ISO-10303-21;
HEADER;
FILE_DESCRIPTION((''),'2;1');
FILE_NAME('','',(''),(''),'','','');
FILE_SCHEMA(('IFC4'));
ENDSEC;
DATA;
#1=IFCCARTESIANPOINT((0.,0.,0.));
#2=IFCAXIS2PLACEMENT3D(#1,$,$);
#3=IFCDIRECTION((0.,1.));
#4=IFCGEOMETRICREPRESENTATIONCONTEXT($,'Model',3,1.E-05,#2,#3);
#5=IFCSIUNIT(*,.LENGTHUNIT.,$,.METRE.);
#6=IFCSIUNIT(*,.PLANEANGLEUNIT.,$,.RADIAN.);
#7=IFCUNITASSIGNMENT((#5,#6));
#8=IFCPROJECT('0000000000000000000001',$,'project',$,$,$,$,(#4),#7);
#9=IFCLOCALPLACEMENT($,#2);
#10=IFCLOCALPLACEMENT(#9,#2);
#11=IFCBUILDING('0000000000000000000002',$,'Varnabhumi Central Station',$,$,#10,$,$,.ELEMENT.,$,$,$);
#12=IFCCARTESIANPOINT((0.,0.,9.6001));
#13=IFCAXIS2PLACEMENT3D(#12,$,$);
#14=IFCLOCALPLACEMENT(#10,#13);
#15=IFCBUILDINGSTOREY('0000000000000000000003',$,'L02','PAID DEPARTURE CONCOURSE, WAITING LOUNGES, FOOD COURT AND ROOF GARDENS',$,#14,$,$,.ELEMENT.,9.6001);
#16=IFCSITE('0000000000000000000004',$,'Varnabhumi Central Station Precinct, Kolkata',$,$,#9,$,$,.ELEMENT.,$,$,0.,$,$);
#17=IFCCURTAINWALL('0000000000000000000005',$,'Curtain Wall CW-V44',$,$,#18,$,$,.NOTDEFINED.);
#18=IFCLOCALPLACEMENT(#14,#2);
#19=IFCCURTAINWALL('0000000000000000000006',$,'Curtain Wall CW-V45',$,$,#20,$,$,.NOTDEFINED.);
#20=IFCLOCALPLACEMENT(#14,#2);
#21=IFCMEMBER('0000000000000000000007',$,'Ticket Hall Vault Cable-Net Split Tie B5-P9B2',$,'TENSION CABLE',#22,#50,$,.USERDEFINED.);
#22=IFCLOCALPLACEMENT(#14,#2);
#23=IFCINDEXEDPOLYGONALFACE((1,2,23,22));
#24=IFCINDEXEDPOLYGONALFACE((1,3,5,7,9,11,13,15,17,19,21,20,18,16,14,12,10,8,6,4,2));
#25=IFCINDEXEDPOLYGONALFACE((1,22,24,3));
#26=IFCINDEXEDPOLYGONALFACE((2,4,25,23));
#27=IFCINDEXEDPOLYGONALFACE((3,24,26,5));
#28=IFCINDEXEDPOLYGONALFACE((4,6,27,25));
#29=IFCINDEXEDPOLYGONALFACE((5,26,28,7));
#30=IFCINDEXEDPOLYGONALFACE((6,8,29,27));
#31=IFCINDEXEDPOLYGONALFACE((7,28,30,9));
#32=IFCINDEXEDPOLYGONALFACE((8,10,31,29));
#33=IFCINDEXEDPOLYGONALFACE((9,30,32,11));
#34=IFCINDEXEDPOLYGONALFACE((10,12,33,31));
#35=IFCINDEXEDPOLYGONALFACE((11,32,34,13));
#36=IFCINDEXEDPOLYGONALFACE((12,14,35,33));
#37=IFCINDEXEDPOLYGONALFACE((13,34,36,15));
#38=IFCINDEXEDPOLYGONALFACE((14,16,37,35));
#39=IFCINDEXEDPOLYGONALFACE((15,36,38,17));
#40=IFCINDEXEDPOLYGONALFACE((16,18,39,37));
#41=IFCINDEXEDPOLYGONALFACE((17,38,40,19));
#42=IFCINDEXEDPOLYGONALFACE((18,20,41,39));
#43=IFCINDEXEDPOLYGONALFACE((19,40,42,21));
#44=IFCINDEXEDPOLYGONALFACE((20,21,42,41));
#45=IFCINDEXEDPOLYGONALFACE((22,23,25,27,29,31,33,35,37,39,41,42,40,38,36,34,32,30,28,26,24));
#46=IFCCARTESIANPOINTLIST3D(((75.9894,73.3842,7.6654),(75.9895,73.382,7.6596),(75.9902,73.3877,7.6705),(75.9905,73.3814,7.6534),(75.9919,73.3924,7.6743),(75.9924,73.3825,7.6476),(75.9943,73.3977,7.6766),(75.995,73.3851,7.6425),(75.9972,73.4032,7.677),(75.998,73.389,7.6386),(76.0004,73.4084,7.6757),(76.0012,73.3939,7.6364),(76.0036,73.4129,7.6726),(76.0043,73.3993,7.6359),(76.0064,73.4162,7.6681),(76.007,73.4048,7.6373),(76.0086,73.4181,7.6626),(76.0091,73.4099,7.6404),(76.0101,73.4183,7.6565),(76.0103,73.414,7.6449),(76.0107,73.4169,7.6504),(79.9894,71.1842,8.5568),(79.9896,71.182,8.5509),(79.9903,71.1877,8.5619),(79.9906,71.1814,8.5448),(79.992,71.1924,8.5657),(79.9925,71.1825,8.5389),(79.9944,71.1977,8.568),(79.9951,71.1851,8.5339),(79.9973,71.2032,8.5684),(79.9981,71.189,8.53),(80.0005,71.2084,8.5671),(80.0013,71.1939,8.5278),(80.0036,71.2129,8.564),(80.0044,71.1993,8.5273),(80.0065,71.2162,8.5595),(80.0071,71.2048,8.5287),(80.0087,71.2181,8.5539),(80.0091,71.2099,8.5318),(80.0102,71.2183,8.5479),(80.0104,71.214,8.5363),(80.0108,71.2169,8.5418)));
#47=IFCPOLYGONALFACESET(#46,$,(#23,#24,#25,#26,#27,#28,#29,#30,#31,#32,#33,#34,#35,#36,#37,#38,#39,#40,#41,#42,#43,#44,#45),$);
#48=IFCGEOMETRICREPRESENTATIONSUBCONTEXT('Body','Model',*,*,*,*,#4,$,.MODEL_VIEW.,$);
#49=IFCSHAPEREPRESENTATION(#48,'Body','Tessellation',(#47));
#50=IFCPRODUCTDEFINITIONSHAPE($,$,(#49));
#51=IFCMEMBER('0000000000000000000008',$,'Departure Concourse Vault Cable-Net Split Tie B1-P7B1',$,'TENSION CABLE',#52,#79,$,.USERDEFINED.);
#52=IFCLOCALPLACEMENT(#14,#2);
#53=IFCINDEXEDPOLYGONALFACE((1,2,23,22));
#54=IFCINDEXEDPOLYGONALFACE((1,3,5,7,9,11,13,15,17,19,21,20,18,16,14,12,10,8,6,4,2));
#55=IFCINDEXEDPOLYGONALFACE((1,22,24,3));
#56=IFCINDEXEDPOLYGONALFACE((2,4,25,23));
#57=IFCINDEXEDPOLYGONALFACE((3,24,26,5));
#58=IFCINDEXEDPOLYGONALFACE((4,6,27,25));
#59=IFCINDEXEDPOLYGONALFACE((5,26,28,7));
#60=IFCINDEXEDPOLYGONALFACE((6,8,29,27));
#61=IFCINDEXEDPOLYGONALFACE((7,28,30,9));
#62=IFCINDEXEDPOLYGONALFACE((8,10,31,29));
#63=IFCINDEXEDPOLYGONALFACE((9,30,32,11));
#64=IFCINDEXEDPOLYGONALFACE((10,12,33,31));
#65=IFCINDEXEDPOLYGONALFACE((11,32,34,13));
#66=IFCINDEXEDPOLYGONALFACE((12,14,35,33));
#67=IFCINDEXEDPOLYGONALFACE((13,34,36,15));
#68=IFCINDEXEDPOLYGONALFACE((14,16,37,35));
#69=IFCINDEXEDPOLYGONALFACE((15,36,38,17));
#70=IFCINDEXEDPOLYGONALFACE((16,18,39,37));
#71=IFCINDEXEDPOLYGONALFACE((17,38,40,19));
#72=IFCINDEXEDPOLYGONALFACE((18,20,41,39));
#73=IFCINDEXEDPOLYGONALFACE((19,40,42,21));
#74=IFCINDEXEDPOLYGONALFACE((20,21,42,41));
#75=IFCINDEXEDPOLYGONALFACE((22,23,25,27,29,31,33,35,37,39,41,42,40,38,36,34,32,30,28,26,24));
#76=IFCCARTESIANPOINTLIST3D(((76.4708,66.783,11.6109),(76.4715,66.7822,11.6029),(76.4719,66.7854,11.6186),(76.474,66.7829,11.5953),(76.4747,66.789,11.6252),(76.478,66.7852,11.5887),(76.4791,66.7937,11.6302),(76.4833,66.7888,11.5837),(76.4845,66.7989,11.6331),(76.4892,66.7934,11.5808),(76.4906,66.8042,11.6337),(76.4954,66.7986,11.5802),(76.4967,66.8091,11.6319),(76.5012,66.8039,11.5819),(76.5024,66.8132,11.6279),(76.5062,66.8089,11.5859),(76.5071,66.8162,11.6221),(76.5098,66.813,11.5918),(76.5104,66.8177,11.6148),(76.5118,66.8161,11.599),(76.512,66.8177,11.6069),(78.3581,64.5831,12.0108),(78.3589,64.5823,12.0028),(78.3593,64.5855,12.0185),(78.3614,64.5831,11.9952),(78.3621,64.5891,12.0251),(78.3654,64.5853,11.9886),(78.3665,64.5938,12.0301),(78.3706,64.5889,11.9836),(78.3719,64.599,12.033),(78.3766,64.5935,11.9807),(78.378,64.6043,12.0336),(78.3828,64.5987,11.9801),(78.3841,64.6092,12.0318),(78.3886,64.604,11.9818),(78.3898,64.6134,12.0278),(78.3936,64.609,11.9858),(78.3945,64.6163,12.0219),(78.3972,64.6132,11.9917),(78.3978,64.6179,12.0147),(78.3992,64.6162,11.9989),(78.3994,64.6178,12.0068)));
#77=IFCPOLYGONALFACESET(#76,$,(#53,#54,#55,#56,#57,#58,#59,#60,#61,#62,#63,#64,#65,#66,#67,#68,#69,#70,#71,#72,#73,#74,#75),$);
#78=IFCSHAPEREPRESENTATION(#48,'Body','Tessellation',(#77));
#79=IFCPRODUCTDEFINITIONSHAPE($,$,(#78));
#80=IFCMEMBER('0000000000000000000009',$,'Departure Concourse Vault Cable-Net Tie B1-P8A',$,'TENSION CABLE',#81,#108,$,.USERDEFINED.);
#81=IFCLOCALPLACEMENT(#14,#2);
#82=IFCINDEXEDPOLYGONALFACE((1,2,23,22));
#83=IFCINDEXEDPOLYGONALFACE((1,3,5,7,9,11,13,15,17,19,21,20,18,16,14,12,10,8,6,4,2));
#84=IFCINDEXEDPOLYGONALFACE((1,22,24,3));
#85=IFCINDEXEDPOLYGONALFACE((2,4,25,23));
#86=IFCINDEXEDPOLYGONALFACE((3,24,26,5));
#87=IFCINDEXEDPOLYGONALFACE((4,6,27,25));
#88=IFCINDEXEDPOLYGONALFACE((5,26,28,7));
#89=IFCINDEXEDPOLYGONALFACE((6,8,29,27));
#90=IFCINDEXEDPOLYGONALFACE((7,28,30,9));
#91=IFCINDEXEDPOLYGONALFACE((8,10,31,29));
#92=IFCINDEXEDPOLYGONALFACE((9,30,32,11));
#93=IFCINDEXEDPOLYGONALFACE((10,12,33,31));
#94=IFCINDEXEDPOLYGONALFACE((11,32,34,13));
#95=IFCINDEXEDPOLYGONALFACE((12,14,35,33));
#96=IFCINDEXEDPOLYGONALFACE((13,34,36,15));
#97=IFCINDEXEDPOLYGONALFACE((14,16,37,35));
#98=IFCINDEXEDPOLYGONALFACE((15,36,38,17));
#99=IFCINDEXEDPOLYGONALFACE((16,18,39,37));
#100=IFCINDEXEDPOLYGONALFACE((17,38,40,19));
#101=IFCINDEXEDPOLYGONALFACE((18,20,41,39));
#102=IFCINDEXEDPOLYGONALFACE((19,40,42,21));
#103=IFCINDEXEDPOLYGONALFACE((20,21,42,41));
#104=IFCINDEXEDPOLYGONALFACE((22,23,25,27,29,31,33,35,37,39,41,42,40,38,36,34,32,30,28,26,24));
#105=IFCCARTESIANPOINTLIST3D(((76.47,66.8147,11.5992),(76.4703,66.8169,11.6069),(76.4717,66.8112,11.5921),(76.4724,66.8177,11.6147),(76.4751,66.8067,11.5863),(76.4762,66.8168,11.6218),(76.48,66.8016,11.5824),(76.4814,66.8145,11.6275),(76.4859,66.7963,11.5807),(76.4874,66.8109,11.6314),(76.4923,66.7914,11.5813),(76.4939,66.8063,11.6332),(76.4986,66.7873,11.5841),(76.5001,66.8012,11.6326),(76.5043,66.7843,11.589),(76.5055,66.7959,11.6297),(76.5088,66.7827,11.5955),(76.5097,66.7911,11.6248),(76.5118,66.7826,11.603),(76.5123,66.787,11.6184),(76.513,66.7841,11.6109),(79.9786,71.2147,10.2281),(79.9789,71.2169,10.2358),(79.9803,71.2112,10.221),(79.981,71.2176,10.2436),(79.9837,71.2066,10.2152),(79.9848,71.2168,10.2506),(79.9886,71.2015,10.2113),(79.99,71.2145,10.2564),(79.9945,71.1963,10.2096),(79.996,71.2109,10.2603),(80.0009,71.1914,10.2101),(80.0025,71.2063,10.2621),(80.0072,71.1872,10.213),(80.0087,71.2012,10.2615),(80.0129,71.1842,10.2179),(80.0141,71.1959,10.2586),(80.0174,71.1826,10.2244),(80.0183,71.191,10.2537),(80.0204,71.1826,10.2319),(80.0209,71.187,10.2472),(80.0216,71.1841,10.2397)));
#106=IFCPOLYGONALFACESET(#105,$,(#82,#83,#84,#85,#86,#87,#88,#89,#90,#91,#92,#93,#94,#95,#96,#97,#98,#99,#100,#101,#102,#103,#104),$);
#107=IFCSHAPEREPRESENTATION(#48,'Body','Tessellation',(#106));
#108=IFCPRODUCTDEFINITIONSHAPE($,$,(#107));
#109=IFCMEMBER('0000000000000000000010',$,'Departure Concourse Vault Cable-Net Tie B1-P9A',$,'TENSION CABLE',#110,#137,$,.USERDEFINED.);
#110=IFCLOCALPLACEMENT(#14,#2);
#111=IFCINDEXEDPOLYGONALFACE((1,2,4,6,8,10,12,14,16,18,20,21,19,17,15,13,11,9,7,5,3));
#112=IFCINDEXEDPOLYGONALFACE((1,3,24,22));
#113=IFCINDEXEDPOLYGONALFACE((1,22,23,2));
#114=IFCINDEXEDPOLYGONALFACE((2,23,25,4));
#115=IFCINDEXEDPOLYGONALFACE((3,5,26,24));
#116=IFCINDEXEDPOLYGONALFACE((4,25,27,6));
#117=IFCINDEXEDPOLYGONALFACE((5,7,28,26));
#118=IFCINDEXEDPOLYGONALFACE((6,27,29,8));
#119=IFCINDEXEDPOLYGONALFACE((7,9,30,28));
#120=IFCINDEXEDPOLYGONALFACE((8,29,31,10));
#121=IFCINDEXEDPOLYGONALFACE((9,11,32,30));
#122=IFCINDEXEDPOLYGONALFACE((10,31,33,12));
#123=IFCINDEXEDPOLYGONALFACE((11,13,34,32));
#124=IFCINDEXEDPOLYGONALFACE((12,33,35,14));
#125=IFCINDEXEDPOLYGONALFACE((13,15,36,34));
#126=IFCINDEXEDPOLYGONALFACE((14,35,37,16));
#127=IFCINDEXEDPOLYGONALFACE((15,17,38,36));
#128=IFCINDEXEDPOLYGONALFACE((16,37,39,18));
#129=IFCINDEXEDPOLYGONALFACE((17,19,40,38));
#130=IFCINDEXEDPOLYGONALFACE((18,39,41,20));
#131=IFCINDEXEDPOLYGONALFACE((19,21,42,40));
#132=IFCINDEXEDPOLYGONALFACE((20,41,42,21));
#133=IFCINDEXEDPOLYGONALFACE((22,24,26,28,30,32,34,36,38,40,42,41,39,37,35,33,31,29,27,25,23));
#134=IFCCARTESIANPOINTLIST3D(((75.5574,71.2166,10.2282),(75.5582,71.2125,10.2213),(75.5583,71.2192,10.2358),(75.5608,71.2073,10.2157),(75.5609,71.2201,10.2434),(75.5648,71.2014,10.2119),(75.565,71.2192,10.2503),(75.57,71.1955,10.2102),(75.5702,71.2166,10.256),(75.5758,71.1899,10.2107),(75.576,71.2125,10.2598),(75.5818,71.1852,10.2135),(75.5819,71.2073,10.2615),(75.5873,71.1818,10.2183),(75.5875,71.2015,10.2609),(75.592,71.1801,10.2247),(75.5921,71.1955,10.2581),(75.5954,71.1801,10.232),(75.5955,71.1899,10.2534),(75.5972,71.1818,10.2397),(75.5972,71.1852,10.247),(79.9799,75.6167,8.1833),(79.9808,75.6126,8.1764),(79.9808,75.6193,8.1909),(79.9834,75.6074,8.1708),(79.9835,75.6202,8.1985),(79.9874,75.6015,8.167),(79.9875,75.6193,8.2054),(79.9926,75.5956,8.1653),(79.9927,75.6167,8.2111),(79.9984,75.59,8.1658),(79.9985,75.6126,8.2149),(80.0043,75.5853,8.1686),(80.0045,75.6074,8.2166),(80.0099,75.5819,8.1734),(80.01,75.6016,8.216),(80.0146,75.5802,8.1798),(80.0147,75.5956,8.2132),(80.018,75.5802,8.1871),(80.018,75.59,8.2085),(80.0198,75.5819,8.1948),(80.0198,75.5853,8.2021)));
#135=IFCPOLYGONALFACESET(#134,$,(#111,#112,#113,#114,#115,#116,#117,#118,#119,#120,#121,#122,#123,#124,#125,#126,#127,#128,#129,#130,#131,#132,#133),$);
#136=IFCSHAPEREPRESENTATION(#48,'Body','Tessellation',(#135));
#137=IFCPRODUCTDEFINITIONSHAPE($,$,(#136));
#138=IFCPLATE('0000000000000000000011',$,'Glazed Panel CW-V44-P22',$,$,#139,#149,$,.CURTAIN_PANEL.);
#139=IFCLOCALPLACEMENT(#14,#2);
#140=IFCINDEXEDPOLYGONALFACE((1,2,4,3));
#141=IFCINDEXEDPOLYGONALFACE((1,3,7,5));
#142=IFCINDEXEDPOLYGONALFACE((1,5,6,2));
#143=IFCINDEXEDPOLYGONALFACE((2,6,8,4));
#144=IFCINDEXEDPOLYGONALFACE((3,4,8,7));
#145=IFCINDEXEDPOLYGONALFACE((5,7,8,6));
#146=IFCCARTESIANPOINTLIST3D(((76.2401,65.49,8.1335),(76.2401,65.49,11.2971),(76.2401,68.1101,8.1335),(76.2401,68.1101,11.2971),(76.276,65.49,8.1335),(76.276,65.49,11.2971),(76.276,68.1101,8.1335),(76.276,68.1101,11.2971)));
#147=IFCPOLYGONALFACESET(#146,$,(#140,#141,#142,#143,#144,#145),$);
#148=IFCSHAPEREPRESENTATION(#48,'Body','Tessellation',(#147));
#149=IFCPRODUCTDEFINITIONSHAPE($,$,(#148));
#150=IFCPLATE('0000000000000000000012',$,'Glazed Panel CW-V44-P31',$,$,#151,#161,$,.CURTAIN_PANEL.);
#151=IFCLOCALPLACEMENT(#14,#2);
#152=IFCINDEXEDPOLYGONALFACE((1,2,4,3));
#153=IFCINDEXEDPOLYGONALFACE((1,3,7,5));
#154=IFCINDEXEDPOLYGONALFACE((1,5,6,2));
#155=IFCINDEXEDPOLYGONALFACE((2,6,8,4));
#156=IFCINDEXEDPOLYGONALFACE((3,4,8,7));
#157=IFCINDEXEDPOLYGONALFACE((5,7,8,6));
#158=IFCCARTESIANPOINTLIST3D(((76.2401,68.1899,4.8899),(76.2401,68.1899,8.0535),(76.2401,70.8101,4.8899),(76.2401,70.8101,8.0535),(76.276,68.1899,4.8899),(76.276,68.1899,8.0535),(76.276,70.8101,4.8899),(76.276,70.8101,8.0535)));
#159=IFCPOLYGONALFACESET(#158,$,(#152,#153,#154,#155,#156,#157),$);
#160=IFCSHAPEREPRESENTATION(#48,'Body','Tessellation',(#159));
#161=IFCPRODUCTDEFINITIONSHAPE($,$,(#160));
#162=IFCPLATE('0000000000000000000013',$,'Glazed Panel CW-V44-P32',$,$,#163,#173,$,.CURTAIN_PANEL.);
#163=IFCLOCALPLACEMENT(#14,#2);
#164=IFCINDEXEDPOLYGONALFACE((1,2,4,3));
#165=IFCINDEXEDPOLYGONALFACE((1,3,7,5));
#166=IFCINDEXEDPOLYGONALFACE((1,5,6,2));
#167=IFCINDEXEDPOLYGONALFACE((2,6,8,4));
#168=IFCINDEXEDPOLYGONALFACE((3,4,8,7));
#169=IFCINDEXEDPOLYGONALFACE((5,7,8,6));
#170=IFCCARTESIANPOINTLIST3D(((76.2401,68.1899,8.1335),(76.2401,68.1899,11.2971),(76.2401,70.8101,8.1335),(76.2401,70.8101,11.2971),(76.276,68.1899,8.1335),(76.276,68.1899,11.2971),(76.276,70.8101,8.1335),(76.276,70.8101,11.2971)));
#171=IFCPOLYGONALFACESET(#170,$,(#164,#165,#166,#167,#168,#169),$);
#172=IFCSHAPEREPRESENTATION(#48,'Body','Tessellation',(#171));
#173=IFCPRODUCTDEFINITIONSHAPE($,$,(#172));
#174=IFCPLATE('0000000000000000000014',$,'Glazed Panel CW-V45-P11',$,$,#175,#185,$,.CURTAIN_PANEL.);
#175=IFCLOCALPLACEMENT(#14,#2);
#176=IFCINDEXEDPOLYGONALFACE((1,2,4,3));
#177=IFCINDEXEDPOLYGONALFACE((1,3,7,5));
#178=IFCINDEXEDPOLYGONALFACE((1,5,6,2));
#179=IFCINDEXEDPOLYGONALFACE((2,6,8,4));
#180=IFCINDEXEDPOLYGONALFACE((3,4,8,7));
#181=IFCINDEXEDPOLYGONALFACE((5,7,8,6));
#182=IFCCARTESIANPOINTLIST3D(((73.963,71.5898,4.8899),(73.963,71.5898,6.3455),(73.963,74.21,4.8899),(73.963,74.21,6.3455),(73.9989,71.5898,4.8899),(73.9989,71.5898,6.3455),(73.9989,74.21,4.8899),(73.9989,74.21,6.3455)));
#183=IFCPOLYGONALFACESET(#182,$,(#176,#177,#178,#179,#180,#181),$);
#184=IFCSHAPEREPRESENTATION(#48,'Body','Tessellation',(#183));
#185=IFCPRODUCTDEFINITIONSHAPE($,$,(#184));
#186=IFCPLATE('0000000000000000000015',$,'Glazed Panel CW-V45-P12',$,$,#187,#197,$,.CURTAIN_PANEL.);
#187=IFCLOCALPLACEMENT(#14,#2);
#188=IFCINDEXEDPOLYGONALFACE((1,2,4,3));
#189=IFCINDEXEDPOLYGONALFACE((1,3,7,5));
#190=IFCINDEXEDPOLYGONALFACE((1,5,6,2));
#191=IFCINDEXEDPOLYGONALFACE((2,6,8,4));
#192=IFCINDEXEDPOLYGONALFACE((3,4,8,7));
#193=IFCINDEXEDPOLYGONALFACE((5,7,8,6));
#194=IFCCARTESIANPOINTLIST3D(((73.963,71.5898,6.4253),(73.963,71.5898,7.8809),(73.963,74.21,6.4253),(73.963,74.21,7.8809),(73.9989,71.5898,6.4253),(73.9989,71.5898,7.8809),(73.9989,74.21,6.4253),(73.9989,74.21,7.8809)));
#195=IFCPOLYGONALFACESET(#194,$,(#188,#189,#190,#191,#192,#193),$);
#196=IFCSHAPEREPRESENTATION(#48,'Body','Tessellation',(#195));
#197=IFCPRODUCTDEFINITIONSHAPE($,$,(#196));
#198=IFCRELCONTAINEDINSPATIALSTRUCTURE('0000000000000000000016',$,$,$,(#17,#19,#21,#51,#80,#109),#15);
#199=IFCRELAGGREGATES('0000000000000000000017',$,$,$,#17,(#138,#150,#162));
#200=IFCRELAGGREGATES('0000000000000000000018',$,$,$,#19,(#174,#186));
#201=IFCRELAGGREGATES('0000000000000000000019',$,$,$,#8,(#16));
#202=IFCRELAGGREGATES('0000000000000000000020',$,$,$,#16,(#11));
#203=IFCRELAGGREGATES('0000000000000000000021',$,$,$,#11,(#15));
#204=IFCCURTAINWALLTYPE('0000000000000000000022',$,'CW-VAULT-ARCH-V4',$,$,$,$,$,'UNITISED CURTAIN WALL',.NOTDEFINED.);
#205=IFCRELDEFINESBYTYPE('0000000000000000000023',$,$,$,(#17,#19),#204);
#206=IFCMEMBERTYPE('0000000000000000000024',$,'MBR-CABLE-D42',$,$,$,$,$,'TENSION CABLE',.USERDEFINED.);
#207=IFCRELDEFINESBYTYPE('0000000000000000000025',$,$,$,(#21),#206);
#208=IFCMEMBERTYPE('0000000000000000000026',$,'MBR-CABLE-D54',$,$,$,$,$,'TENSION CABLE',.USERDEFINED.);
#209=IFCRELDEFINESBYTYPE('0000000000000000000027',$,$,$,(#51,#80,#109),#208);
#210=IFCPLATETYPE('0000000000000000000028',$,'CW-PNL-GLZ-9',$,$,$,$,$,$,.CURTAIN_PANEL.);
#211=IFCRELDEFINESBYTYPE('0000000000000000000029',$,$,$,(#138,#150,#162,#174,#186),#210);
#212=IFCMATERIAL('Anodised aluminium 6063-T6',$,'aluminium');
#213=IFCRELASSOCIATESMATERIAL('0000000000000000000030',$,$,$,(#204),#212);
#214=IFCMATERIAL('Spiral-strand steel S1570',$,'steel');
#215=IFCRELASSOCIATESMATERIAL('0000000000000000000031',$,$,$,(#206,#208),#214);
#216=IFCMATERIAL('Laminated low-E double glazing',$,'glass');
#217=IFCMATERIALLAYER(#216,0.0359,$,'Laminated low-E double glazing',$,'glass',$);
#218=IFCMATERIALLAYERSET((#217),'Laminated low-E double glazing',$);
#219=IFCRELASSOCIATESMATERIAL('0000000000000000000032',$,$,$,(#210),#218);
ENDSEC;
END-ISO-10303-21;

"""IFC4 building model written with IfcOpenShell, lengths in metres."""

from ifc_helpers import new_model, si_unit, direction, frame, origin, origin_2d, place, context, subcontext, project, spatial, rectangle, circle, extrude, material, layer, layer_set, material_profile, profile_set, type_object, element, aggregate, save


model = new_model("IFC4")

# Units and contexts
model_context = context("Model", 3, precision=1e-05, world=origin(), true_north=direction((0.0, 1.0)))
body_context = subcontext(model_context, "Body", "Model", "MODEL_VIEW")
ifc_project = project(units=[si_unit("LENGTHUNIT", "METRE"), si_unit("PLANEANGLEUNIT", "RADIAN")], contexts=[model_context])

# Site, building, storey
site_placement = place(None, origin())
site = spatial("IfcSite", under=ifc_project, at=site_placement, Name="Varnabhumi Central Station Precinct, Kolkata", CompositionType="ELEMENT", RefElevation=0.0)
building_placement = place(site_placement, origin())
building = spatial("IfcBuilding", under=site, at=building_placement, Name="Varnabhumi Central Station", CompositionType="ELEMENT")
storey_placement = place(building_placement, frame((0.0, 0.0, 9.6001)))
storey = spatial("IfcBuildingStorey", under=building, at=storey_placement, Name="L02", Description="PAID DEPARTURE CONCOURSE, WAITING LOUNGES, FOOD COURT AND ROOF GARDENS", CompositionType="ELEMENT", Elevation=9.6001)

# Curtain walls
ifc_material_1 = material(Name="Anodised aluminium 6063-T6", Category="aluminium")
curtain_wall_type = type_object("IfcCurtainWallType", Name="CW-VAULT-ARCH-V4", ElementType="UNITISED CURTAIN WALL", PredefinedType="NOTDEFINED", material=ifc_material_1)
curtain_wall_1_placement = place(storey_placement, origin())
curtain_wall_1 = element("IfcCurtainWall", 1, at=curtain_wall_1_placement, inside=storey, type_object=curtain_wall_type, Name="Curtain Wall CW-V44", PredefinedType="NOTDEFINED")
curtain_wall_2_placement = place(storey_placement, origin())
curtain_wall_2 = element("IfcCurtainWall", 2, at=curtain_wall_2_placement, inside=storey, type_object=curtain_wall_type, Name="Curtain Wall CW-V45", PredefinedType="NOTDEFINED")

# Members
ifc_material_2 = material(Name="Spiral-strand steel S1570", Category="steel")
ifc_material_profile_1 = material_profile(ifc_material_2, circle(Radius=0.021, at=origin_2d()), Name="Spiral-strand steel S1570", Category="steel")
ifc_profile_set_1 = profile_set([ifc_material_profile_1], Name="Spiral-strand steel S1570")
member_type_1 = type_object("IfcMemberType", Name="MBR-CABLE-D42", ElementType="TENSION CABLE", PredefinedType="USERDEFINED", material=ifc_profile_set_1)
member_1_placement = place(storey_placement, frame((76.0, 73.3999, 7.6565), z_axis=(0.85998, -0.472979, 0.191637), x_axis=(0.481911, 0.87622, 0.0)))
element("IfcMember", 3, at=member_1_placement, inside=storey, type_object=member_type_1, Name="Ticket Hall Vault Cable-Net Split Tie B5-P9B2", ObjectType="TENSION CABLE", PredefinedType="USERDEFINED", context=body_context, shape_type="SweptSolid", body=[
    extrude(circle(Radius=0.021, at=origin_2d()), origin(), (0.0, 0.0, 1.0), 4.6514),
])
ifc_material_profile_2 = material_profile(ifc_material_2, circle(Radius=0.0271, at=origin_2d()), Name="Spiral-strand steel S1570", Category="steel")
ifc_profile_set_2 = profile_set([ifc_material_profile_2], Name="Spiral-strand steel S1570")
member_type_2 = type_object("IfcMemberType", Name="MBR-CABLE-D54", ElementType="TENSION CABLE", PredefinedType="USERDEFINED", material=ifc_profile_set_2)
member_2_placement = place(storey_placement, frame((76.4915, 66.8, 11.6069), z_axis=(0.645035, -0.751832, 0.136666), x_axis=(0.758953, 0.651145, 0.0)))
element("IfcMember", 4, at=member_2_placement, inside=storey, type_object=member_type_2, Name="Departure Concourse Vault Cable-Net Split Tie B1-P7B1", ObjectType="TENSION CABLE", PredefinedType="USERDEFINED", context=body_context, shape_type="SweptSolid", body=[
    extrude(circle(Radius=0.0271, at=origin_2d()), origin(), (0.0, 0.0, 1.0), 2.926),
])
member_3_placement = place(storey_placement, frame((76.4915, 66.8, 11.6069), z_axis=(0.605742, 0.759633, -0.236716), x_axis=(-0.781854, 0.623462, 0.0)))
element("IfcMember", 5, at=member_3_placement, inside=storey, type_object=member_type_2, Name="Departure Concourse Vault Cable-Net Tie B1-P8A", ObjectType="TENSION CABLE", PredefinedType="USERDEFINED", context=body_context, shape_type="SweptSolid", body=[
    extrude(circle(Radius=0.0271, at=origin_2d()), origin(), (0.0, 0.0, 1.0), 5.7922),
])
member_4_placement = place(storey_placement, frame((75.5774, 71.2, 10.2358), z_axis=(0.673639, 0.670218, -0.311477), x_axis=(-0.705304, 0.708905, 0.0)))
element("IfcMember", 6, at=member_4_placement, inside=storey, type_object=member_type_2, Name="Departure Concourse Vault Cable-Net Tie B1-P9A", ObjectType="TENSION CABLE", PredefinedType="USERDEFINED", context=body_context, shape_type="SweptSolid", body=[
    extrude(circle(Radius=0.0271, at=origin_2d()), origin(), (0.0, 0.0, 1.0), 6.5652),
])

# Plates
ifc_material_3 = material(Name="Laminated low-E double glazing", Category="glass")
ifc_layer_1 = layer(ifc_material_3, 0.0359, Name="Laminated low-E double glazing", Category="glass")
ifc_layer_set_1 = layer_set([ifc_layer_1], Name="Laminated low-E double glazing")
plate_type_1 = type_object("IfcPlateType", Name="CW-PNL-GLZ-9", PredefinedType="CURTAIN_PANEL", material=ifc_layer_set_1)
plate_1_placement = place(storey_placement, frame((76.2581, 66.8, 8.1335), z_axis=(0.0, 0.0, 1.0), x_axis=(0.0, 1.0, 0.0)))
plate_1 = element("IfcPlate", 7, at=plate_1_placement, type_object=plate_type_1, Name="Glazed Panel CW-V44-P22", PredefinedType="CURTAIN_PANEL", context=body_context, shape_type="SweptSolid", body=[
    extrude(rectangle(XDim=2.6201, YDim=0.0359, at=origin_2d()), origin(), (0.0, 0.0, 1.0), 3.1636),
])
plate_2_placement = place(storey_placement, frame((76.2581, 69.5, 4.8899), z_axis=(0.0, 0.0, 1.0), x_axis=(0.0, 1.0, 0.0)))
plate_2 = element("IfcPlate", 8, at=plate_2_placement, type_object=plate_type_1, Name="Glazed Panel CW-V44-P31", PredefinedType="CURTAIN_PANEL", context=body_context, shape_type="SweptSolid", body=[
    extrude(rectangle(XDim=2.6201, YDim=0.0359, at=origin_2d()), origin(), (0.0, 0.0, 1.0), 3.1636),
])
plate_3_placement = place(storey_placement, frame((76.2581, 69.5, 8.1335), z_axis=(0.0, 0.0, 1.0), x_axis=(0.0, 1.0, 0.0)))
plate_3 = element("IfcPlate", 9, at=plate_3_placement, type_object=plate_type_1, Name="Glazed Panel CW-V44-P32", PredefinedType="CURTAIN_PANEL", context=body_context, shape_type="SweptSolid", body=[
    extrude(rectangle(XDim=2.6201, YDim=0.0359, at=origin_2d()), origin(), (0.0, 0.0, 1.0), 3.1636),
])
aggregate(curtain_wall_1, [plate_1, plate_2, plate_3])
plate_4_placement = place(storey_placement, frame((73.981, 72.8999, 4.8899), z_axis=(0.0, 0.0, 1.0), x_axis=(0.0, 1.0, 0.0)))
plate_4 = element("IfcPlate", 10, at=plate_4_placement, type_object=plate_type_1, Name="Glazed Panel CW-V45-P11", PredefinedType="CURTAIN_PANEL", context=body_context, shape_type="SweptSolid", body=[
    extrude(rectangle(XDim=2.6201, YDim=0.0359, at=origin_2d()), origin(), (0.0, 0.0, 1.0), 1.4556),
])
plate_5_placement = place(storey_placement, frame((73.981, 72.8999, 6.4253), z_axis=(0.0, 0.0, 1.0), x_axis=(0.0, 1.0, 0.0)))
plate_5 = element("IfcPlate", 11, at=plate_5_placement, type_object=plate_type_1, Name="Glazed Panel CW-V45-P12", PredefinedType="CURTAIN_PANEL", context=body_context, shape_type="SweptSolid", body=[
    extrude(rectangle(XDim=2.6201, YDim=0.0359, at=origin_2d()), origin(), (0.0, 0.0, 1.0), 1.4556),
])
aggregate(curtain_wall_2, [plate_4, plate_5])

save(model, "model.ifc")
